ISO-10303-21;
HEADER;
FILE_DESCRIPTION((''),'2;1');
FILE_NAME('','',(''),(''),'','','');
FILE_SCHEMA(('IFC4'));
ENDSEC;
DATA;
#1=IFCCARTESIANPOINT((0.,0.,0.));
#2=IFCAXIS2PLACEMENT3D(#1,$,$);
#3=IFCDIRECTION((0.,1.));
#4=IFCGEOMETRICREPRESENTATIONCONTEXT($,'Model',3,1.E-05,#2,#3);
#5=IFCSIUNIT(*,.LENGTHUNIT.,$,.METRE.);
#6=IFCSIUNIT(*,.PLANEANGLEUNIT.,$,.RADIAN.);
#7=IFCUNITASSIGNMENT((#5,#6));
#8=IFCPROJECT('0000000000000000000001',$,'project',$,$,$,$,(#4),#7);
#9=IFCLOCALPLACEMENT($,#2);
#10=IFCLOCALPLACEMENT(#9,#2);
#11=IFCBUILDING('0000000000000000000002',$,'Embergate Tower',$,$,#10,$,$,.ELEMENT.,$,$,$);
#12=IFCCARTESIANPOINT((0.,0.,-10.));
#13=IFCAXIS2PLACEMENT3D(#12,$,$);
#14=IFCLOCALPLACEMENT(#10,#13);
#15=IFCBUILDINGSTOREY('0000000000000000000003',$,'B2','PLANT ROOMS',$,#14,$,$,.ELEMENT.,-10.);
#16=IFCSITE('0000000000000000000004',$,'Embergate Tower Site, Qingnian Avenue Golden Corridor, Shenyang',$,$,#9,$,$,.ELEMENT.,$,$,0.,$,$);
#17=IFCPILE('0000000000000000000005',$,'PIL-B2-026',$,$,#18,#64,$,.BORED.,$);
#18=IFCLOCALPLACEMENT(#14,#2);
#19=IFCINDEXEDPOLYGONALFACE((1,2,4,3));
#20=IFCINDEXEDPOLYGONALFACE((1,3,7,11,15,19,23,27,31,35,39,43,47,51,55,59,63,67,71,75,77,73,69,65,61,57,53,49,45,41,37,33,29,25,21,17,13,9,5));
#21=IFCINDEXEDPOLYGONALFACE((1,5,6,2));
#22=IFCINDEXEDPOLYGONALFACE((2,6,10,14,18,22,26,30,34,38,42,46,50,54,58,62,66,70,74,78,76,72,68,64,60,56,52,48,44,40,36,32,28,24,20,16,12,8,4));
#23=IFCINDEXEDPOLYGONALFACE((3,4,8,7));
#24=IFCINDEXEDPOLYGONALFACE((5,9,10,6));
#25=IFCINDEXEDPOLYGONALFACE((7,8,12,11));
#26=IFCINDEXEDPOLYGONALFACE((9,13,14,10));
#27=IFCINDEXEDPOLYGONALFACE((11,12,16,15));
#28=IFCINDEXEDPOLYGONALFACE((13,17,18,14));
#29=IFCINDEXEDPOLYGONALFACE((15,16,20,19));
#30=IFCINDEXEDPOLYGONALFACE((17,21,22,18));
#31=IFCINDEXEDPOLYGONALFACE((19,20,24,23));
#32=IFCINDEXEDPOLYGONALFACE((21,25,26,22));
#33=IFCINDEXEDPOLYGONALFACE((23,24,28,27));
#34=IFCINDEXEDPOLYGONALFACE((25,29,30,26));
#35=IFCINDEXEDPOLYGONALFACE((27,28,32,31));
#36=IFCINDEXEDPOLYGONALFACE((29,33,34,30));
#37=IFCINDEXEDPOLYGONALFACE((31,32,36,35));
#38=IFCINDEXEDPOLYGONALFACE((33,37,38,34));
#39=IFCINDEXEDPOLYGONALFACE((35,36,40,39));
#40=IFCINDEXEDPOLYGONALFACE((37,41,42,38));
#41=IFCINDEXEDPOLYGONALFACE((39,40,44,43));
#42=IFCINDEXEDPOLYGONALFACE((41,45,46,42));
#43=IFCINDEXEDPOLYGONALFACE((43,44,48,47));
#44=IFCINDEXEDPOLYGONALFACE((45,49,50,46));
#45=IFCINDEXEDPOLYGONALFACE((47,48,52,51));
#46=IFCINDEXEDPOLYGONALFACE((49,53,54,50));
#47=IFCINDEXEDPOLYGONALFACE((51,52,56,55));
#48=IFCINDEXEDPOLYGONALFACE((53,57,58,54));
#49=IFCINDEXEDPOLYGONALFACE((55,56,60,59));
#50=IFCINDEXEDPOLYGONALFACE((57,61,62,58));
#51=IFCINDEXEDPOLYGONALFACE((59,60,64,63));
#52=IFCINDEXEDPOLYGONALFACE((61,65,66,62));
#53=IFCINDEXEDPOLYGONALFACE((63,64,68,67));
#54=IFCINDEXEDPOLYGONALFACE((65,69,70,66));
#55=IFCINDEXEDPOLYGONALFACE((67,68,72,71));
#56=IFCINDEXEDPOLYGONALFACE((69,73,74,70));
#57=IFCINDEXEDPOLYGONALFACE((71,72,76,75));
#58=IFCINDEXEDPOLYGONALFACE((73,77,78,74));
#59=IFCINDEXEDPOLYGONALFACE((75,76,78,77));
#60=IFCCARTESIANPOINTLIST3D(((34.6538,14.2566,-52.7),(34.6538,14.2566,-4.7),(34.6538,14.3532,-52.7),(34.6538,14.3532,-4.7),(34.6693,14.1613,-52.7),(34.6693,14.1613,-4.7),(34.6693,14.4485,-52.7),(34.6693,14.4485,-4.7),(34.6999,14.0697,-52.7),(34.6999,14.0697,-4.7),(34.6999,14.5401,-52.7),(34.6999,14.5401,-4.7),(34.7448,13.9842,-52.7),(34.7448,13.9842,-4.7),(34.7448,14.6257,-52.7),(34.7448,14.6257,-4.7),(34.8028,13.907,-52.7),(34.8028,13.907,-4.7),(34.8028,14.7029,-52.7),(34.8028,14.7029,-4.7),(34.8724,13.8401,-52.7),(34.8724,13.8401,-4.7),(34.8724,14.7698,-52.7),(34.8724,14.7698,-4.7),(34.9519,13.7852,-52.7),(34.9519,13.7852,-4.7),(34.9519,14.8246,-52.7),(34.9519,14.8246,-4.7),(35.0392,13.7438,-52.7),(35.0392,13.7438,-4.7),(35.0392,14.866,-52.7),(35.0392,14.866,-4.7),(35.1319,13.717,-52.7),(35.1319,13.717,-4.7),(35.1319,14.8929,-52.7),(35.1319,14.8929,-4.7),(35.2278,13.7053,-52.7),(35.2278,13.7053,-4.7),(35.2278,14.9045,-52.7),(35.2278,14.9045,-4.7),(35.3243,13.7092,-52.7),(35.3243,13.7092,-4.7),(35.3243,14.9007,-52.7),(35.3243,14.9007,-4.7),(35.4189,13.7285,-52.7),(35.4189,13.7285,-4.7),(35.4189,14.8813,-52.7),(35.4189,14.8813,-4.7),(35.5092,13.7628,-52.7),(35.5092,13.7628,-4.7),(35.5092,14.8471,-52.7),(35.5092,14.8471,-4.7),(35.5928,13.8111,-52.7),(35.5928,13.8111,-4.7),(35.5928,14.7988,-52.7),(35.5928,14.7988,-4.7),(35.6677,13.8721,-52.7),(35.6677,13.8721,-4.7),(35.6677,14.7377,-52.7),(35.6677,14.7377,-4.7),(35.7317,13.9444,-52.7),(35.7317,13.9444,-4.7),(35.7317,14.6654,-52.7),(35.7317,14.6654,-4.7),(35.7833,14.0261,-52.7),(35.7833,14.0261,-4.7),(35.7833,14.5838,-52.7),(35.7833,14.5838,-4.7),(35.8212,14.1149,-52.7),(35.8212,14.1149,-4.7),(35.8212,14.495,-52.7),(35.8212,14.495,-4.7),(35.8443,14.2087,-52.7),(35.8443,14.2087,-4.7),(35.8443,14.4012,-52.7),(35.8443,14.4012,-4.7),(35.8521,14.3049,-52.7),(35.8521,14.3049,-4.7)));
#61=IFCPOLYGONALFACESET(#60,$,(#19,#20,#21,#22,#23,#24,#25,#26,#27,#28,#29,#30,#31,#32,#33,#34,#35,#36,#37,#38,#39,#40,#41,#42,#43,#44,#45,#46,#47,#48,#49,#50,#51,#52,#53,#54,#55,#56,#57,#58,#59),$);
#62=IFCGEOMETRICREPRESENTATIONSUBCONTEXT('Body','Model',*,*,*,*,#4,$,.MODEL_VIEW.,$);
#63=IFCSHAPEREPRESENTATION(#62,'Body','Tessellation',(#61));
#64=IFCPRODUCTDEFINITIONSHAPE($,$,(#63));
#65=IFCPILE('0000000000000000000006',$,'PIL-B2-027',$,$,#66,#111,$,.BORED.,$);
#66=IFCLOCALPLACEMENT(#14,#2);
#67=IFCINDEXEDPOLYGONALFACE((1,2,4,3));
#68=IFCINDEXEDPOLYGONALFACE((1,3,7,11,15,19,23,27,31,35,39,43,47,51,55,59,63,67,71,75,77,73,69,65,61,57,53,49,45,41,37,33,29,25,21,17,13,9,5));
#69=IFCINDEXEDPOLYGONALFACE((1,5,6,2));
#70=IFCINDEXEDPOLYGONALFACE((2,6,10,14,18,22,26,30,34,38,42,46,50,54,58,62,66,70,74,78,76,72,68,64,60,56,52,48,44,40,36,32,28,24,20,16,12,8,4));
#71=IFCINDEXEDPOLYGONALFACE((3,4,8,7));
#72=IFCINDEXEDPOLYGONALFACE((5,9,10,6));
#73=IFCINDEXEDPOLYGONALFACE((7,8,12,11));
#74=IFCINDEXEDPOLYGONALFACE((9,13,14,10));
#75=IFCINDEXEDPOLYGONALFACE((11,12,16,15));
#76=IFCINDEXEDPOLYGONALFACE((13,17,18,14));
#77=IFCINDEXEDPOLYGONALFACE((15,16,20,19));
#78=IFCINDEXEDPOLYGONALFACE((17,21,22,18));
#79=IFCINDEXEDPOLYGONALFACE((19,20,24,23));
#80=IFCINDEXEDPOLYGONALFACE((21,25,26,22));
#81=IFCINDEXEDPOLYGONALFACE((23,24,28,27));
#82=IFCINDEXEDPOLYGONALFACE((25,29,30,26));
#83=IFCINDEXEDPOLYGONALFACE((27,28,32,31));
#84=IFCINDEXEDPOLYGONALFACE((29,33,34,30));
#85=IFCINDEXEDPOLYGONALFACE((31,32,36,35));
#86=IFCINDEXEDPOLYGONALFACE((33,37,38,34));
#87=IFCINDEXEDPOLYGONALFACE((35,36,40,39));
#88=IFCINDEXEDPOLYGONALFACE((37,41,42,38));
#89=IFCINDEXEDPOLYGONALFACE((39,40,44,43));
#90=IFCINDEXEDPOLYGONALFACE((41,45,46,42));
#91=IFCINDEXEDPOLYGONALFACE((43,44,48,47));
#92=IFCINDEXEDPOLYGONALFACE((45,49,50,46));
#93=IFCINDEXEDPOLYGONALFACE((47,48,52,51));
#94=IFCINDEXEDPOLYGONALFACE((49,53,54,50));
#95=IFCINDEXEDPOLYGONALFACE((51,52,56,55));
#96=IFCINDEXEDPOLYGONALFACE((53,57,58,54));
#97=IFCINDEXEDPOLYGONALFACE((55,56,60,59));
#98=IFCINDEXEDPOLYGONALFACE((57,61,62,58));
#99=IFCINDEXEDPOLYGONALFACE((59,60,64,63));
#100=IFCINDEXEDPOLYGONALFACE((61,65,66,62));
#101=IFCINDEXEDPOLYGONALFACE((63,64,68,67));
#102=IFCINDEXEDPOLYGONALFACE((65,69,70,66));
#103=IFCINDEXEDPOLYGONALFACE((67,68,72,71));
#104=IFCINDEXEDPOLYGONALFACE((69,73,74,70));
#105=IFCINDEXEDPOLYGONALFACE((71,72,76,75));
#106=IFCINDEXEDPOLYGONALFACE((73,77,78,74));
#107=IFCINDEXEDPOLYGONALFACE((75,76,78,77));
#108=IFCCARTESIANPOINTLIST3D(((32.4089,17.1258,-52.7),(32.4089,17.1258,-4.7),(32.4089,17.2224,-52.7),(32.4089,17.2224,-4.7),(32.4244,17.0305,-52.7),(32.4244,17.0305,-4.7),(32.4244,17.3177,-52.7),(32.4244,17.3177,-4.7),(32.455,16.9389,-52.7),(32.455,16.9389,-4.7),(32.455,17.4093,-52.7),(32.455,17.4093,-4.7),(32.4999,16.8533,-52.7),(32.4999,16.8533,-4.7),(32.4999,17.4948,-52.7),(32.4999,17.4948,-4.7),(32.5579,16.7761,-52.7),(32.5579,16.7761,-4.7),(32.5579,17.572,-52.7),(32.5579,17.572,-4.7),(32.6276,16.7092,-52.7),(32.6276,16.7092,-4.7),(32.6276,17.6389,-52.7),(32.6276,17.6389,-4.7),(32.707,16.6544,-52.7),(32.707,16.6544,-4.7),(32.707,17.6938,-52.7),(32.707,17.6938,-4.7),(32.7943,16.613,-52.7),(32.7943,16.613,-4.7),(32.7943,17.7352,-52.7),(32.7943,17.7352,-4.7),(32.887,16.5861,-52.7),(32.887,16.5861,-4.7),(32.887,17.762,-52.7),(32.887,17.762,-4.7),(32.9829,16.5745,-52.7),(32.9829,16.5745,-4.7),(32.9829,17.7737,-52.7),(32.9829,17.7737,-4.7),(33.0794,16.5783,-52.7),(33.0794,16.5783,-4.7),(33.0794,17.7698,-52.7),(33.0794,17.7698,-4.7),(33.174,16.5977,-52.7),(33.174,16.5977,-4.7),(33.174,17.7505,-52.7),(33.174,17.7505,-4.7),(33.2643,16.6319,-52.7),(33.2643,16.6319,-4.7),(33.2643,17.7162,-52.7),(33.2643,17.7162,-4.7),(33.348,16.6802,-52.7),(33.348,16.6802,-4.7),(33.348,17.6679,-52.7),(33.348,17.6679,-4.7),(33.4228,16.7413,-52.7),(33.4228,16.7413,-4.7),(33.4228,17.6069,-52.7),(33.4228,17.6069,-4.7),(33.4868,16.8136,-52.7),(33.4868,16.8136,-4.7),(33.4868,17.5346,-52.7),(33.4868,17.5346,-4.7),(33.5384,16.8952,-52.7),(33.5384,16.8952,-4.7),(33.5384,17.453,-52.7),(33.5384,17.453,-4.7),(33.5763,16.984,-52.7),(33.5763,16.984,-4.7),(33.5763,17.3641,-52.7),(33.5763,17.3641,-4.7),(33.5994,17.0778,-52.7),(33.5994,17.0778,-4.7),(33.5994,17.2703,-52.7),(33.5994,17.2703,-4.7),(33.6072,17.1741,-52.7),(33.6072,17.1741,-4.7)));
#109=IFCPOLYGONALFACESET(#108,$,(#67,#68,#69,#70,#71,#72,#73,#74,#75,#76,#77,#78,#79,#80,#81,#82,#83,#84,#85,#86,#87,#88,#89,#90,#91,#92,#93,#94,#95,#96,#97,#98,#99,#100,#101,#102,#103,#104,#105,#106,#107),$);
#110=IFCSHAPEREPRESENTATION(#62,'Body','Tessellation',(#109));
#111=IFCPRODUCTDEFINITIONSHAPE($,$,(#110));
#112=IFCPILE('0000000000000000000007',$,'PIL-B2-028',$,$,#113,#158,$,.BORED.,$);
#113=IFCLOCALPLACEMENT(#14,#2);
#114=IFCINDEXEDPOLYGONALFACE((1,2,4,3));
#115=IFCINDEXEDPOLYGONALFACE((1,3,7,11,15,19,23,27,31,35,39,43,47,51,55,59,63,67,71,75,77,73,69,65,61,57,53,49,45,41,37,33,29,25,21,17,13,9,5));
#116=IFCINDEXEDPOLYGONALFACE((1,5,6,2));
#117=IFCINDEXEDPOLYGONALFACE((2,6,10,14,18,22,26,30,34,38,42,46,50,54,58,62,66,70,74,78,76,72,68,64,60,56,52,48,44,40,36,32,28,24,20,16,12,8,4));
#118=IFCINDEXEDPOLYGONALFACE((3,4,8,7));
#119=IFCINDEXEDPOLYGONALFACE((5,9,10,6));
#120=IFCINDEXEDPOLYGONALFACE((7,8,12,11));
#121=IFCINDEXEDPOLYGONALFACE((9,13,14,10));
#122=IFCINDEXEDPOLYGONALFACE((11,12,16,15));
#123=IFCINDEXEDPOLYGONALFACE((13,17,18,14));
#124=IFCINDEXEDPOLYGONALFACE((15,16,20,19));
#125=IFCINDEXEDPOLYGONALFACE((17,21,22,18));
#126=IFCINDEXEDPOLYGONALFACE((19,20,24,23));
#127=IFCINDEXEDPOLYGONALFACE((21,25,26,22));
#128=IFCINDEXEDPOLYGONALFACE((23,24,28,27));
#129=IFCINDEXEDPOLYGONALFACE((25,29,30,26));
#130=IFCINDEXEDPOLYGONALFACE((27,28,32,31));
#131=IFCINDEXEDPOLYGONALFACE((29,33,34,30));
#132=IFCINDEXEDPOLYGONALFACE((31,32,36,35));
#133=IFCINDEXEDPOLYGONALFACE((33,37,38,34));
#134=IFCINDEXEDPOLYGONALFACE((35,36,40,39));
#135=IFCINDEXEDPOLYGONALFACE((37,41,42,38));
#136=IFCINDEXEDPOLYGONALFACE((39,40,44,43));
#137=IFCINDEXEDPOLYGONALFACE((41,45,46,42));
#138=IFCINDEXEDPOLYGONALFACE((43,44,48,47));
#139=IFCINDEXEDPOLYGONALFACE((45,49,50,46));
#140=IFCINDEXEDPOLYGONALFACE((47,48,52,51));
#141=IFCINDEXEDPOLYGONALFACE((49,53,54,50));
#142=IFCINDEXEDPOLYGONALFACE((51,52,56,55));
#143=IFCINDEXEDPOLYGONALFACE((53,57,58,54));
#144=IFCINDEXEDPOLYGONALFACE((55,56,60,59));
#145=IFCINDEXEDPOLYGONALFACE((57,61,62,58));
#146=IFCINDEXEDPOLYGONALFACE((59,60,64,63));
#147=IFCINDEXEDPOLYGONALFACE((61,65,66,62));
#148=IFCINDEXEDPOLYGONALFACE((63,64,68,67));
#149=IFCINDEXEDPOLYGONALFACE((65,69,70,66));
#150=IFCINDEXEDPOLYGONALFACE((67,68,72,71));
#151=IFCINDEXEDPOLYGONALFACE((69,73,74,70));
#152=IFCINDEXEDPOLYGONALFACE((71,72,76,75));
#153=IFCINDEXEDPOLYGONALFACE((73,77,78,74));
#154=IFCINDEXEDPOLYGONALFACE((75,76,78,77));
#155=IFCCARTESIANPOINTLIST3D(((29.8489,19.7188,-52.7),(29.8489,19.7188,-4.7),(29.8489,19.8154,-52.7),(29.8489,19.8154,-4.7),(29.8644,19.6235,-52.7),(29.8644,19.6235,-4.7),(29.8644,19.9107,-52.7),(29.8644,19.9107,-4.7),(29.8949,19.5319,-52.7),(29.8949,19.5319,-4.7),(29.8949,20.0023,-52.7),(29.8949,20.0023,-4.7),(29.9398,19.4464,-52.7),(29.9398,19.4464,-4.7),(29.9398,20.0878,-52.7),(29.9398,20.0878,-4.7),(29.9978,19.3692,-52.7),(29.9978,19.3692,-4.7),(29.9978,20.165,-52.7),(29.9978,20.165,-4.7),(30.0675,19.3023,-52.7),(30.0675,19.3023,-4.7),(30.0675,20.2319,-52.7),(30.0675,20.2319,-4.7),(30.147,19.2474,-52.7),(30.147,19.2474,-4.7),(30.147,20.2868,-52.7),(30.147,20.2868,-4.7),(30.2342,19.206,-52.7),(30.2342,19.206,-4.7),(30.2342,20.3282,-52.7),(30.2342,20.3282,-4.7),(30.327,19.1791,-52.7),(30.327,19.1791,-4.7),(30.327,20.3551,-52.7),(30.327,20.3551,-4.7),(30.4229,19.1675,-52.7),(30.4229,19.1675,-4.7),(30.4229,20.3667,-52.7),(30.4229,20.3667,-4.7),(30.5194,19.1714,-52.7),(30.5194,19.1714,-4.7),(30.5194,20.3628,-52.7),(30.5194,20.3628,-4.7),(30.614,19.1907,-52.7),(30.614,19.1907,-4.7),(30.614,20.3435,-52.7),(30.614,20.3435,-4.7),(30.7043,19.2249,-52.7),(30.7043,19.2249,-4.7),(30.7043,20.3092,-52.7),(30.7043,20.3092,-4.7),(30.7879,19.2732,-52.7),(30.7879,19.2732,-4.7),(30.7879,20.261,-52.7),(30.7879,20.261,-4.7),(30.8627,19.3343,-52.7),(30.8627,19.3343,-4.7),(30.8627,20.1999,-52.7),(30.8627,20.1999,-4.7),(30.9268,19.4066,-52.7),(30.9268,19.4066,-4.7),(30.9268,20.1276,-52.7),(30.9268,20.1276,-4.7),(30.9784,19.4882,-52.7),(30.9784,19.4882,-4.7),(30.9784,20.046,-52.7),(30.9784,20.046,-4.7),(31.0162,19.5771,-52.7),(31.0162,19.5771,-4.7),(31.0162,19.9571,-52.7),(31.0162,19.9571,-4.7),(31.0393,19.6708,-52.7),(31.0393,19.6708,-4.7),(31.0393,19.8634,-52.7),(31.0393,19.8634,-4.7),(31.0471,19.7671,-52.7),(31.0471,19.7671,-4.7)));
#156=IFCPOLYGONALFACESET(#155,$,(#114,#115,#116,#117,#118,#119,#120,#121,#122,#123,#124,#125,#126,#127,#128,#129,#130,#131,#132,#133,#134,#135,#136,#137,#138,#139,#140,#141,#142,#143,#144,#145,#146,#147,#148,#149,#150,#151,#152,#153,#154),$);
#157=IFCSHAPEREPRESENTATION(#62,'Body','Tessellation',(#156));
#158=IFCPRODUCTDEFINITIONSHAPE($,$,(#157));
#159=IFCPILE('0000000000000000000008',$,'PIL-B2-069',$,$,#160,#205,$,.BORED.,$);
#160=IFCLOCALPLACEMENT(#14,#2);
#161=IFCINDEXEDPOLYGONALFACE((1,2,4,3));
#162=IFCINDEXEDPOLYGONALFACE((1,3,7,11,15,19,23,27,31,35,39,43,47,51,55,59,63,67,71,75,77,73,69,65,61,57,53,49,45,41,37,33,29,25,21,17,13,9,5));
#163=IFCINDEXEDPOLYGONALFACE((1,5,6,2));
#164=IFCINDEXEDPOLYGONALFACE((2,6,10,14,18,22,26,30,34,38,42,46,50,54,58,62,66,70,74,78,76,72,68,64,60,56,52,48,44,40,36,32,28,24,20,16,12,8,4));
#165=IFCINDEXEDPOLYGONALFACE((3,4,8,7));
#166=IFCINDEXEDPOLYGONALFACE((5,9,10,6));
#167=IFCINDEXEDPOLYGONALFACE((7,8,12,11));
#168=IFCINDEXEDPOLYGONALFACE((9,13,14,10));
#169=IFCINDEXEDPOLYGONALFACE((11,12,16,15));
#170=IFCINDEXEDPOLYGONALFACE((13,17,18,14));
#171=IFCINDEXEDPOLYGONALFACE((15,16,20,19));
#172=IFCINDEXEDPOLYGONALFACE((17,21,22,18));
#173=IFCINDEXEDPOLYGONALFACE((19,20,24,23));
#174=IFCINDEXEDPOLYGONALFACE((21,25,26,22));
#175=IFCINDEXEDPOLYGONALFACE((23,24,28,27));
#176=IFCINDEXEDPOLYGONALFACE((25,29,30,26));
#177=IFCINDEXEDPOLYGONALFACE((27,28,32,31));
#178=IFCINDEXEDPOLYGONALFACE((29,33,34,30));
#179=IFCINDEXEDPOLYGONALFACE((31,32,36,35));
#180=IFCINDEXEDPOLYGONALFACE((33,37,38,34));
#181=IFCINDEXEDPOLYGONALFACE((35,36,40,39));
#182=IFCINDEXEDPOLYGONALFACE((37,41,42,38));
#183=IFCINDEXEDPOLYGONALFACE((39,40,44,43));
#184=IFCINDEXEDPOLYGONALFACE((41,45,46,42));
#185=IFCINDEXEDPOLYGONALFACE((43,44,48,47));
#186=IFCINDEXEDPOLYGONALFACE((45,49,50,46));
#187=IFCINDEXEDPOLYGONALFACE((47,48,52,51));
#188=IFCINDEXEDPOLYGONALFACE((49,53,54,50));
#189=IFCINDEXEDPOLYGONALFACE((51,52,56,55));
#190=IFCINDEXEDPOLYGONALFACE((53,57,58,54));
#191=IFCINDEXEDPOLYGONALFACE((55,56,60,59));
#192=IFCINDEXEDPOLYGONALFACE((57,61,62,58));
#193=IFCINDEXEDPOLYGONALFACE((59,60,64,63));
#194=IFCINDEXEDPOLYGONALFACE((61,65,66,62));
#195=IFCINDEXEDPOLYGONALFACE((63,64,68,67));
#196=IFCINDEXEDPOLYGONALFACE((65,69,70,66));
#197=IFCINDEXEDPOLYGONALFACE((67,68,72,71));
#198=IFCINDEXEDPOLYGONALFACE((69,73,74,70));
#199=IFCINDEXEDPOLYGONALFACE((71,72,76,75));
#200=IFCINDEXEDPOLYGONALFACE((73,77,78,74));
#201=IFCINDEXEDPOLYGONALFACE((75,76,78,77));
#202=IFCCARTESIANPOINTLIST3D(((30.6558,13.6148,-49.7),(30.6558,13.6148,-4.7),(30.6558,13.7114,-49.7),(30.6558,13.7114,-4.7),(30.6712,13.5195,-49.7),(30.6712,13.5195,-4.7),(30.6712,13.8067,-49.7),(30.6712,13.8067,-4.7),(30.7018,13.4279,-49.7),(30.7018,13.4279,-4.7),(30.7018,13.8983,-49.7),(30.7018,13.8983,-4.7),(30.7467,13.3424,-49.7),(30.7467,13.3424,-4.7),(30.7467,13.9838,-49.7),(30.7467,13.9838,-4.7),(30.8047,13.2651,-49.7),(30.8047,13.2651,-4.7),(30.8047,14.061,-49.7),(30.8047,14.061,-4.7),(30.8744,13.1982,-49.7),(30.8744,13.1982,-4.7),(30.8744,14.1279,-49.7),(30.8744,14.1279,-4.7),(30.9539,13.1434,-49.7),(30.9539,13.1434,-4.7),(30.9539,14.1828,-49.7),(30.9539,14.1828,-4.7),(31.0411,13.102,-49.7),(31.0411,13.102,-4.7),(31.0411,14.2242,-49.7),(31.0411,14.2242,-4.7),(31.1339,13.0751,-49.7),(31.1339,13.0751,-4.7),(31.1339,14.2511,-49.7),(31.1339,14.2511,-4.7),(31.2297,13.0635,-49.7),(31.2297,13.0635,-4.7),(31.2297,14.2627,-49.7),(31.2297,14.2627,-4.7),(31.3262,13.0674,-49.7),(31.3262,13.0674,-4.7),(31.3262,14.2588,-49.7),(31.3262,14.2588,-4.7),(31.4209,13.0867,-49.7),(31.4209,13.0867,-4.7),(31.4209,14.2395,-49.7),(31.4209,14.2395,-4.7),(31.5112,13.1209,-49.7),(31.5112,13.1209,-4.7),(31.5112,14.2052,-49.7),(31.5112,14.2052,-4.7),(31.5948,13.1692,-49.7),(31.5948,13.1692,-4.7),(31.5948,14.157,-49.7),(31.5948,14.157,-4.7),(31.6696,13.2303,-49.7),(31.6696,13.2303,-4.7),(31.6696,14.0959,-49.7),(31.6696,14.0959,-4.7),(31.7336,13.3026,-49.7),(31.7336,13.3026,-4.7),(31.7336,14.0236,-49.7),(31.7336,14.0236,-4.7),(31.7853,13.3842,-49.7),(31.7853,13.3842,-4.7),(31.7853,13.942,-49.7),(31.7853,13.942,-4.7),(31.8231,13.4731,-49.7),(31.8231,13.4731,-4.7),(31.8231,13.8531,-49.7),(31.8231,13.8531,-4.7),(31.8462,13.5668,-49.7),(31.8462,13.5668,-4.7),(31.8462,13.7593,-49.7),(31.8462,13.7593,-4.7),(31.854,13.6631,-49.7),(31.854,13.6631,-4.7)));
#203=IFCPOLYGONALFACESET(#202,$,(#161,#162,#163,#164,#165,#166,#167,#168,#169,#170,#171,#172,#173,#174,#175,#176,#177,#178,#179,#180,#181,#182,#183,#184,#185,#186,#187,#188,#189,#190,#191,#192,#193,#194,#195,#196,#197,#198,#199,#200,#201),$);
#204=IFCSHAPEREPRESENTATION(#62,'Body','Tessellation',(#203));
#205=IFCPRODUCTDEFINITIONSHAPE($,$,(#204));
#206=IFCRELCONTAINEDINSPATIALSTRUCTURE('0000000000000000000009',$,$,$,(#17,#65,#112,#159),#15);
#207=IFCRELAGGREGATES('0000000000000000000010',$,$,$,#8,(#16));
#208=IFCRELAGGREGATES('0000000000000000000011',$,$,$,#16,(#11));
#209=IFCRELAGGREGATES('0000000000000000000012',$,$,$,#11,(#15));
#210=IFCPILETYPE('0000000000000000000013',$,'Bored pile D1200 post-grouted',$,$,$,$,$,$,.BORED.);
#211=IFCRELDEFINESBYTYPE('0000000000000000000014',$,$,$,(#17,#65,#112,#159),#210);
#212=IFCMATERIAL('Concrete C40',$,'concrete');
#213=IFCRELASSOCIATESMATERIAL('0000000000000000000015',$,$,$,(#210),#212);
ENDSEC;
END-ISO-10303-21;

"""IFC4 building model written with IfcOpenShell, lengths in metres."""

from ifc_helpers import new_model, si_unit, direction, frame, origin, origin_2d, place, context, subcontext, project, spatial, circle, extrude, source, transform, mapped, material, material_profile, profile_set, type_object, element, save


model = new_model("IFC4")

# Units and contexts
model_context = context("Model", 3, precision=1e-05, world=origin(), true_north=direction((0.0, 1.0)))
body_context = subcontext(model_context, "Body", "Model", "MODEL_VIEW")
ifc_project = project(units=[si_unit("LENGTHUNIT", "METRE"), si_unit("PLANEANGLEUNIT", "RADIAN")], contexts=[model_context])

# Site, building, storey
site_placement = place(None, origin())
site = spatial("IfcSite", under=ifc_project, at=site_placement, Name="Embergate Tower Site, Qingnian Avenue Golden Corridor, Shenyang", CompositionType="ELEMENT", RefElevation=0.0)
building_placement = place(site_placement, origin())
building = spatial("IfcBuilding", under=site, at=building_placement, Name="Embergate Tower", CompositionType="ELEMENT")
storey_placement = place(building_placement, frame((0.0, 0.0, -10.0)))
storey = spatial("IfcBuildingStorey", under=building, at=storey_placement, Name="B2", Description="PLANT ROOMS", CompositionType="ELEMENT", Elevation=-10.0)

# Piles
ifc_material_1 = material(Name="Concrete C40", Category="concrete")
ifc_material_profile_1 = material_profile(ifc_material_1, circle(Radius=0.6001, at=origin_2d()), Name="D1200")
ifc_profile_set_1 = profile_set([ifc_material_profile_1], Name="Concrete C40")
pile_type = type_object("IfcPileType", Name="Bored pile D1200 post-grouted", PredefinedType="BORED", material=ifc_profile_set_1)
shared_shape_1 = source(origin(), body_context, "Body", "SweptSolid", [
    extrude(circle(Radius=0.6001, at=origin_2d()), origin(), (0.0, 0.0, 1.0), 48.0),
])
for number, where, z_axis, x_axis, name in (
    (1, (35.252, 14.3049, -4.7), (0.0, 0.0, -1.0), (1.0, 0.0, 0.0), "PIL-B2-026"),
    (2, (33.0071, 17.1741, -4.7), (0.0, 0.0, -1.0), (1.0, 0.0, 0.0), "PIL-B2-027"),
    (3, (30.447, 19.7671, -4.7), (0.0, 0.0, -1.0), (1.0, 0.0, 0.0), "PIL-B2-028"),
):
    element("IfcPile", number, at=place(storey_placement, frame(where, z_axis=z_axis, x_axis=x_axis)), inside=storey, type_object=pile_type, Name=name, PredefinedType="BORED", context=body_context, shape_type="MappedRepresentation", body=[
        mapped(shared_shape_1, transform((0.0, 0.0, 0.0))),
    ])
shared_shape_2 = source(origin(), body_context, "Body", "SweptSolid", [
    extrude(circle(Radius=0.6001, at=origin_2d()), origin(), (0.0, 0.0, 1.0), 45.0),
])
for number, where, z_axis, x_axis, name in (
    (4, (31.2539, 13.6631, -4.7), (0.0, 0.0, -1.0), (1.0, 0.0, 0.0), "PIL-B2-069"),
):
    element("IfcPile", number, at=place(storey_placement, frame(where, z_axis=z_axis, x_axis=x_axis)), inside=storey, type_object=pile_type, Name=name, PredefinedType="BORED", context=body_context, shape_type="MappedRepresentation", body=[
        mapped(shared_shape_2, transform((0.0, 0.0, 0.0))),
    ])

save(model, "model.ifc")
